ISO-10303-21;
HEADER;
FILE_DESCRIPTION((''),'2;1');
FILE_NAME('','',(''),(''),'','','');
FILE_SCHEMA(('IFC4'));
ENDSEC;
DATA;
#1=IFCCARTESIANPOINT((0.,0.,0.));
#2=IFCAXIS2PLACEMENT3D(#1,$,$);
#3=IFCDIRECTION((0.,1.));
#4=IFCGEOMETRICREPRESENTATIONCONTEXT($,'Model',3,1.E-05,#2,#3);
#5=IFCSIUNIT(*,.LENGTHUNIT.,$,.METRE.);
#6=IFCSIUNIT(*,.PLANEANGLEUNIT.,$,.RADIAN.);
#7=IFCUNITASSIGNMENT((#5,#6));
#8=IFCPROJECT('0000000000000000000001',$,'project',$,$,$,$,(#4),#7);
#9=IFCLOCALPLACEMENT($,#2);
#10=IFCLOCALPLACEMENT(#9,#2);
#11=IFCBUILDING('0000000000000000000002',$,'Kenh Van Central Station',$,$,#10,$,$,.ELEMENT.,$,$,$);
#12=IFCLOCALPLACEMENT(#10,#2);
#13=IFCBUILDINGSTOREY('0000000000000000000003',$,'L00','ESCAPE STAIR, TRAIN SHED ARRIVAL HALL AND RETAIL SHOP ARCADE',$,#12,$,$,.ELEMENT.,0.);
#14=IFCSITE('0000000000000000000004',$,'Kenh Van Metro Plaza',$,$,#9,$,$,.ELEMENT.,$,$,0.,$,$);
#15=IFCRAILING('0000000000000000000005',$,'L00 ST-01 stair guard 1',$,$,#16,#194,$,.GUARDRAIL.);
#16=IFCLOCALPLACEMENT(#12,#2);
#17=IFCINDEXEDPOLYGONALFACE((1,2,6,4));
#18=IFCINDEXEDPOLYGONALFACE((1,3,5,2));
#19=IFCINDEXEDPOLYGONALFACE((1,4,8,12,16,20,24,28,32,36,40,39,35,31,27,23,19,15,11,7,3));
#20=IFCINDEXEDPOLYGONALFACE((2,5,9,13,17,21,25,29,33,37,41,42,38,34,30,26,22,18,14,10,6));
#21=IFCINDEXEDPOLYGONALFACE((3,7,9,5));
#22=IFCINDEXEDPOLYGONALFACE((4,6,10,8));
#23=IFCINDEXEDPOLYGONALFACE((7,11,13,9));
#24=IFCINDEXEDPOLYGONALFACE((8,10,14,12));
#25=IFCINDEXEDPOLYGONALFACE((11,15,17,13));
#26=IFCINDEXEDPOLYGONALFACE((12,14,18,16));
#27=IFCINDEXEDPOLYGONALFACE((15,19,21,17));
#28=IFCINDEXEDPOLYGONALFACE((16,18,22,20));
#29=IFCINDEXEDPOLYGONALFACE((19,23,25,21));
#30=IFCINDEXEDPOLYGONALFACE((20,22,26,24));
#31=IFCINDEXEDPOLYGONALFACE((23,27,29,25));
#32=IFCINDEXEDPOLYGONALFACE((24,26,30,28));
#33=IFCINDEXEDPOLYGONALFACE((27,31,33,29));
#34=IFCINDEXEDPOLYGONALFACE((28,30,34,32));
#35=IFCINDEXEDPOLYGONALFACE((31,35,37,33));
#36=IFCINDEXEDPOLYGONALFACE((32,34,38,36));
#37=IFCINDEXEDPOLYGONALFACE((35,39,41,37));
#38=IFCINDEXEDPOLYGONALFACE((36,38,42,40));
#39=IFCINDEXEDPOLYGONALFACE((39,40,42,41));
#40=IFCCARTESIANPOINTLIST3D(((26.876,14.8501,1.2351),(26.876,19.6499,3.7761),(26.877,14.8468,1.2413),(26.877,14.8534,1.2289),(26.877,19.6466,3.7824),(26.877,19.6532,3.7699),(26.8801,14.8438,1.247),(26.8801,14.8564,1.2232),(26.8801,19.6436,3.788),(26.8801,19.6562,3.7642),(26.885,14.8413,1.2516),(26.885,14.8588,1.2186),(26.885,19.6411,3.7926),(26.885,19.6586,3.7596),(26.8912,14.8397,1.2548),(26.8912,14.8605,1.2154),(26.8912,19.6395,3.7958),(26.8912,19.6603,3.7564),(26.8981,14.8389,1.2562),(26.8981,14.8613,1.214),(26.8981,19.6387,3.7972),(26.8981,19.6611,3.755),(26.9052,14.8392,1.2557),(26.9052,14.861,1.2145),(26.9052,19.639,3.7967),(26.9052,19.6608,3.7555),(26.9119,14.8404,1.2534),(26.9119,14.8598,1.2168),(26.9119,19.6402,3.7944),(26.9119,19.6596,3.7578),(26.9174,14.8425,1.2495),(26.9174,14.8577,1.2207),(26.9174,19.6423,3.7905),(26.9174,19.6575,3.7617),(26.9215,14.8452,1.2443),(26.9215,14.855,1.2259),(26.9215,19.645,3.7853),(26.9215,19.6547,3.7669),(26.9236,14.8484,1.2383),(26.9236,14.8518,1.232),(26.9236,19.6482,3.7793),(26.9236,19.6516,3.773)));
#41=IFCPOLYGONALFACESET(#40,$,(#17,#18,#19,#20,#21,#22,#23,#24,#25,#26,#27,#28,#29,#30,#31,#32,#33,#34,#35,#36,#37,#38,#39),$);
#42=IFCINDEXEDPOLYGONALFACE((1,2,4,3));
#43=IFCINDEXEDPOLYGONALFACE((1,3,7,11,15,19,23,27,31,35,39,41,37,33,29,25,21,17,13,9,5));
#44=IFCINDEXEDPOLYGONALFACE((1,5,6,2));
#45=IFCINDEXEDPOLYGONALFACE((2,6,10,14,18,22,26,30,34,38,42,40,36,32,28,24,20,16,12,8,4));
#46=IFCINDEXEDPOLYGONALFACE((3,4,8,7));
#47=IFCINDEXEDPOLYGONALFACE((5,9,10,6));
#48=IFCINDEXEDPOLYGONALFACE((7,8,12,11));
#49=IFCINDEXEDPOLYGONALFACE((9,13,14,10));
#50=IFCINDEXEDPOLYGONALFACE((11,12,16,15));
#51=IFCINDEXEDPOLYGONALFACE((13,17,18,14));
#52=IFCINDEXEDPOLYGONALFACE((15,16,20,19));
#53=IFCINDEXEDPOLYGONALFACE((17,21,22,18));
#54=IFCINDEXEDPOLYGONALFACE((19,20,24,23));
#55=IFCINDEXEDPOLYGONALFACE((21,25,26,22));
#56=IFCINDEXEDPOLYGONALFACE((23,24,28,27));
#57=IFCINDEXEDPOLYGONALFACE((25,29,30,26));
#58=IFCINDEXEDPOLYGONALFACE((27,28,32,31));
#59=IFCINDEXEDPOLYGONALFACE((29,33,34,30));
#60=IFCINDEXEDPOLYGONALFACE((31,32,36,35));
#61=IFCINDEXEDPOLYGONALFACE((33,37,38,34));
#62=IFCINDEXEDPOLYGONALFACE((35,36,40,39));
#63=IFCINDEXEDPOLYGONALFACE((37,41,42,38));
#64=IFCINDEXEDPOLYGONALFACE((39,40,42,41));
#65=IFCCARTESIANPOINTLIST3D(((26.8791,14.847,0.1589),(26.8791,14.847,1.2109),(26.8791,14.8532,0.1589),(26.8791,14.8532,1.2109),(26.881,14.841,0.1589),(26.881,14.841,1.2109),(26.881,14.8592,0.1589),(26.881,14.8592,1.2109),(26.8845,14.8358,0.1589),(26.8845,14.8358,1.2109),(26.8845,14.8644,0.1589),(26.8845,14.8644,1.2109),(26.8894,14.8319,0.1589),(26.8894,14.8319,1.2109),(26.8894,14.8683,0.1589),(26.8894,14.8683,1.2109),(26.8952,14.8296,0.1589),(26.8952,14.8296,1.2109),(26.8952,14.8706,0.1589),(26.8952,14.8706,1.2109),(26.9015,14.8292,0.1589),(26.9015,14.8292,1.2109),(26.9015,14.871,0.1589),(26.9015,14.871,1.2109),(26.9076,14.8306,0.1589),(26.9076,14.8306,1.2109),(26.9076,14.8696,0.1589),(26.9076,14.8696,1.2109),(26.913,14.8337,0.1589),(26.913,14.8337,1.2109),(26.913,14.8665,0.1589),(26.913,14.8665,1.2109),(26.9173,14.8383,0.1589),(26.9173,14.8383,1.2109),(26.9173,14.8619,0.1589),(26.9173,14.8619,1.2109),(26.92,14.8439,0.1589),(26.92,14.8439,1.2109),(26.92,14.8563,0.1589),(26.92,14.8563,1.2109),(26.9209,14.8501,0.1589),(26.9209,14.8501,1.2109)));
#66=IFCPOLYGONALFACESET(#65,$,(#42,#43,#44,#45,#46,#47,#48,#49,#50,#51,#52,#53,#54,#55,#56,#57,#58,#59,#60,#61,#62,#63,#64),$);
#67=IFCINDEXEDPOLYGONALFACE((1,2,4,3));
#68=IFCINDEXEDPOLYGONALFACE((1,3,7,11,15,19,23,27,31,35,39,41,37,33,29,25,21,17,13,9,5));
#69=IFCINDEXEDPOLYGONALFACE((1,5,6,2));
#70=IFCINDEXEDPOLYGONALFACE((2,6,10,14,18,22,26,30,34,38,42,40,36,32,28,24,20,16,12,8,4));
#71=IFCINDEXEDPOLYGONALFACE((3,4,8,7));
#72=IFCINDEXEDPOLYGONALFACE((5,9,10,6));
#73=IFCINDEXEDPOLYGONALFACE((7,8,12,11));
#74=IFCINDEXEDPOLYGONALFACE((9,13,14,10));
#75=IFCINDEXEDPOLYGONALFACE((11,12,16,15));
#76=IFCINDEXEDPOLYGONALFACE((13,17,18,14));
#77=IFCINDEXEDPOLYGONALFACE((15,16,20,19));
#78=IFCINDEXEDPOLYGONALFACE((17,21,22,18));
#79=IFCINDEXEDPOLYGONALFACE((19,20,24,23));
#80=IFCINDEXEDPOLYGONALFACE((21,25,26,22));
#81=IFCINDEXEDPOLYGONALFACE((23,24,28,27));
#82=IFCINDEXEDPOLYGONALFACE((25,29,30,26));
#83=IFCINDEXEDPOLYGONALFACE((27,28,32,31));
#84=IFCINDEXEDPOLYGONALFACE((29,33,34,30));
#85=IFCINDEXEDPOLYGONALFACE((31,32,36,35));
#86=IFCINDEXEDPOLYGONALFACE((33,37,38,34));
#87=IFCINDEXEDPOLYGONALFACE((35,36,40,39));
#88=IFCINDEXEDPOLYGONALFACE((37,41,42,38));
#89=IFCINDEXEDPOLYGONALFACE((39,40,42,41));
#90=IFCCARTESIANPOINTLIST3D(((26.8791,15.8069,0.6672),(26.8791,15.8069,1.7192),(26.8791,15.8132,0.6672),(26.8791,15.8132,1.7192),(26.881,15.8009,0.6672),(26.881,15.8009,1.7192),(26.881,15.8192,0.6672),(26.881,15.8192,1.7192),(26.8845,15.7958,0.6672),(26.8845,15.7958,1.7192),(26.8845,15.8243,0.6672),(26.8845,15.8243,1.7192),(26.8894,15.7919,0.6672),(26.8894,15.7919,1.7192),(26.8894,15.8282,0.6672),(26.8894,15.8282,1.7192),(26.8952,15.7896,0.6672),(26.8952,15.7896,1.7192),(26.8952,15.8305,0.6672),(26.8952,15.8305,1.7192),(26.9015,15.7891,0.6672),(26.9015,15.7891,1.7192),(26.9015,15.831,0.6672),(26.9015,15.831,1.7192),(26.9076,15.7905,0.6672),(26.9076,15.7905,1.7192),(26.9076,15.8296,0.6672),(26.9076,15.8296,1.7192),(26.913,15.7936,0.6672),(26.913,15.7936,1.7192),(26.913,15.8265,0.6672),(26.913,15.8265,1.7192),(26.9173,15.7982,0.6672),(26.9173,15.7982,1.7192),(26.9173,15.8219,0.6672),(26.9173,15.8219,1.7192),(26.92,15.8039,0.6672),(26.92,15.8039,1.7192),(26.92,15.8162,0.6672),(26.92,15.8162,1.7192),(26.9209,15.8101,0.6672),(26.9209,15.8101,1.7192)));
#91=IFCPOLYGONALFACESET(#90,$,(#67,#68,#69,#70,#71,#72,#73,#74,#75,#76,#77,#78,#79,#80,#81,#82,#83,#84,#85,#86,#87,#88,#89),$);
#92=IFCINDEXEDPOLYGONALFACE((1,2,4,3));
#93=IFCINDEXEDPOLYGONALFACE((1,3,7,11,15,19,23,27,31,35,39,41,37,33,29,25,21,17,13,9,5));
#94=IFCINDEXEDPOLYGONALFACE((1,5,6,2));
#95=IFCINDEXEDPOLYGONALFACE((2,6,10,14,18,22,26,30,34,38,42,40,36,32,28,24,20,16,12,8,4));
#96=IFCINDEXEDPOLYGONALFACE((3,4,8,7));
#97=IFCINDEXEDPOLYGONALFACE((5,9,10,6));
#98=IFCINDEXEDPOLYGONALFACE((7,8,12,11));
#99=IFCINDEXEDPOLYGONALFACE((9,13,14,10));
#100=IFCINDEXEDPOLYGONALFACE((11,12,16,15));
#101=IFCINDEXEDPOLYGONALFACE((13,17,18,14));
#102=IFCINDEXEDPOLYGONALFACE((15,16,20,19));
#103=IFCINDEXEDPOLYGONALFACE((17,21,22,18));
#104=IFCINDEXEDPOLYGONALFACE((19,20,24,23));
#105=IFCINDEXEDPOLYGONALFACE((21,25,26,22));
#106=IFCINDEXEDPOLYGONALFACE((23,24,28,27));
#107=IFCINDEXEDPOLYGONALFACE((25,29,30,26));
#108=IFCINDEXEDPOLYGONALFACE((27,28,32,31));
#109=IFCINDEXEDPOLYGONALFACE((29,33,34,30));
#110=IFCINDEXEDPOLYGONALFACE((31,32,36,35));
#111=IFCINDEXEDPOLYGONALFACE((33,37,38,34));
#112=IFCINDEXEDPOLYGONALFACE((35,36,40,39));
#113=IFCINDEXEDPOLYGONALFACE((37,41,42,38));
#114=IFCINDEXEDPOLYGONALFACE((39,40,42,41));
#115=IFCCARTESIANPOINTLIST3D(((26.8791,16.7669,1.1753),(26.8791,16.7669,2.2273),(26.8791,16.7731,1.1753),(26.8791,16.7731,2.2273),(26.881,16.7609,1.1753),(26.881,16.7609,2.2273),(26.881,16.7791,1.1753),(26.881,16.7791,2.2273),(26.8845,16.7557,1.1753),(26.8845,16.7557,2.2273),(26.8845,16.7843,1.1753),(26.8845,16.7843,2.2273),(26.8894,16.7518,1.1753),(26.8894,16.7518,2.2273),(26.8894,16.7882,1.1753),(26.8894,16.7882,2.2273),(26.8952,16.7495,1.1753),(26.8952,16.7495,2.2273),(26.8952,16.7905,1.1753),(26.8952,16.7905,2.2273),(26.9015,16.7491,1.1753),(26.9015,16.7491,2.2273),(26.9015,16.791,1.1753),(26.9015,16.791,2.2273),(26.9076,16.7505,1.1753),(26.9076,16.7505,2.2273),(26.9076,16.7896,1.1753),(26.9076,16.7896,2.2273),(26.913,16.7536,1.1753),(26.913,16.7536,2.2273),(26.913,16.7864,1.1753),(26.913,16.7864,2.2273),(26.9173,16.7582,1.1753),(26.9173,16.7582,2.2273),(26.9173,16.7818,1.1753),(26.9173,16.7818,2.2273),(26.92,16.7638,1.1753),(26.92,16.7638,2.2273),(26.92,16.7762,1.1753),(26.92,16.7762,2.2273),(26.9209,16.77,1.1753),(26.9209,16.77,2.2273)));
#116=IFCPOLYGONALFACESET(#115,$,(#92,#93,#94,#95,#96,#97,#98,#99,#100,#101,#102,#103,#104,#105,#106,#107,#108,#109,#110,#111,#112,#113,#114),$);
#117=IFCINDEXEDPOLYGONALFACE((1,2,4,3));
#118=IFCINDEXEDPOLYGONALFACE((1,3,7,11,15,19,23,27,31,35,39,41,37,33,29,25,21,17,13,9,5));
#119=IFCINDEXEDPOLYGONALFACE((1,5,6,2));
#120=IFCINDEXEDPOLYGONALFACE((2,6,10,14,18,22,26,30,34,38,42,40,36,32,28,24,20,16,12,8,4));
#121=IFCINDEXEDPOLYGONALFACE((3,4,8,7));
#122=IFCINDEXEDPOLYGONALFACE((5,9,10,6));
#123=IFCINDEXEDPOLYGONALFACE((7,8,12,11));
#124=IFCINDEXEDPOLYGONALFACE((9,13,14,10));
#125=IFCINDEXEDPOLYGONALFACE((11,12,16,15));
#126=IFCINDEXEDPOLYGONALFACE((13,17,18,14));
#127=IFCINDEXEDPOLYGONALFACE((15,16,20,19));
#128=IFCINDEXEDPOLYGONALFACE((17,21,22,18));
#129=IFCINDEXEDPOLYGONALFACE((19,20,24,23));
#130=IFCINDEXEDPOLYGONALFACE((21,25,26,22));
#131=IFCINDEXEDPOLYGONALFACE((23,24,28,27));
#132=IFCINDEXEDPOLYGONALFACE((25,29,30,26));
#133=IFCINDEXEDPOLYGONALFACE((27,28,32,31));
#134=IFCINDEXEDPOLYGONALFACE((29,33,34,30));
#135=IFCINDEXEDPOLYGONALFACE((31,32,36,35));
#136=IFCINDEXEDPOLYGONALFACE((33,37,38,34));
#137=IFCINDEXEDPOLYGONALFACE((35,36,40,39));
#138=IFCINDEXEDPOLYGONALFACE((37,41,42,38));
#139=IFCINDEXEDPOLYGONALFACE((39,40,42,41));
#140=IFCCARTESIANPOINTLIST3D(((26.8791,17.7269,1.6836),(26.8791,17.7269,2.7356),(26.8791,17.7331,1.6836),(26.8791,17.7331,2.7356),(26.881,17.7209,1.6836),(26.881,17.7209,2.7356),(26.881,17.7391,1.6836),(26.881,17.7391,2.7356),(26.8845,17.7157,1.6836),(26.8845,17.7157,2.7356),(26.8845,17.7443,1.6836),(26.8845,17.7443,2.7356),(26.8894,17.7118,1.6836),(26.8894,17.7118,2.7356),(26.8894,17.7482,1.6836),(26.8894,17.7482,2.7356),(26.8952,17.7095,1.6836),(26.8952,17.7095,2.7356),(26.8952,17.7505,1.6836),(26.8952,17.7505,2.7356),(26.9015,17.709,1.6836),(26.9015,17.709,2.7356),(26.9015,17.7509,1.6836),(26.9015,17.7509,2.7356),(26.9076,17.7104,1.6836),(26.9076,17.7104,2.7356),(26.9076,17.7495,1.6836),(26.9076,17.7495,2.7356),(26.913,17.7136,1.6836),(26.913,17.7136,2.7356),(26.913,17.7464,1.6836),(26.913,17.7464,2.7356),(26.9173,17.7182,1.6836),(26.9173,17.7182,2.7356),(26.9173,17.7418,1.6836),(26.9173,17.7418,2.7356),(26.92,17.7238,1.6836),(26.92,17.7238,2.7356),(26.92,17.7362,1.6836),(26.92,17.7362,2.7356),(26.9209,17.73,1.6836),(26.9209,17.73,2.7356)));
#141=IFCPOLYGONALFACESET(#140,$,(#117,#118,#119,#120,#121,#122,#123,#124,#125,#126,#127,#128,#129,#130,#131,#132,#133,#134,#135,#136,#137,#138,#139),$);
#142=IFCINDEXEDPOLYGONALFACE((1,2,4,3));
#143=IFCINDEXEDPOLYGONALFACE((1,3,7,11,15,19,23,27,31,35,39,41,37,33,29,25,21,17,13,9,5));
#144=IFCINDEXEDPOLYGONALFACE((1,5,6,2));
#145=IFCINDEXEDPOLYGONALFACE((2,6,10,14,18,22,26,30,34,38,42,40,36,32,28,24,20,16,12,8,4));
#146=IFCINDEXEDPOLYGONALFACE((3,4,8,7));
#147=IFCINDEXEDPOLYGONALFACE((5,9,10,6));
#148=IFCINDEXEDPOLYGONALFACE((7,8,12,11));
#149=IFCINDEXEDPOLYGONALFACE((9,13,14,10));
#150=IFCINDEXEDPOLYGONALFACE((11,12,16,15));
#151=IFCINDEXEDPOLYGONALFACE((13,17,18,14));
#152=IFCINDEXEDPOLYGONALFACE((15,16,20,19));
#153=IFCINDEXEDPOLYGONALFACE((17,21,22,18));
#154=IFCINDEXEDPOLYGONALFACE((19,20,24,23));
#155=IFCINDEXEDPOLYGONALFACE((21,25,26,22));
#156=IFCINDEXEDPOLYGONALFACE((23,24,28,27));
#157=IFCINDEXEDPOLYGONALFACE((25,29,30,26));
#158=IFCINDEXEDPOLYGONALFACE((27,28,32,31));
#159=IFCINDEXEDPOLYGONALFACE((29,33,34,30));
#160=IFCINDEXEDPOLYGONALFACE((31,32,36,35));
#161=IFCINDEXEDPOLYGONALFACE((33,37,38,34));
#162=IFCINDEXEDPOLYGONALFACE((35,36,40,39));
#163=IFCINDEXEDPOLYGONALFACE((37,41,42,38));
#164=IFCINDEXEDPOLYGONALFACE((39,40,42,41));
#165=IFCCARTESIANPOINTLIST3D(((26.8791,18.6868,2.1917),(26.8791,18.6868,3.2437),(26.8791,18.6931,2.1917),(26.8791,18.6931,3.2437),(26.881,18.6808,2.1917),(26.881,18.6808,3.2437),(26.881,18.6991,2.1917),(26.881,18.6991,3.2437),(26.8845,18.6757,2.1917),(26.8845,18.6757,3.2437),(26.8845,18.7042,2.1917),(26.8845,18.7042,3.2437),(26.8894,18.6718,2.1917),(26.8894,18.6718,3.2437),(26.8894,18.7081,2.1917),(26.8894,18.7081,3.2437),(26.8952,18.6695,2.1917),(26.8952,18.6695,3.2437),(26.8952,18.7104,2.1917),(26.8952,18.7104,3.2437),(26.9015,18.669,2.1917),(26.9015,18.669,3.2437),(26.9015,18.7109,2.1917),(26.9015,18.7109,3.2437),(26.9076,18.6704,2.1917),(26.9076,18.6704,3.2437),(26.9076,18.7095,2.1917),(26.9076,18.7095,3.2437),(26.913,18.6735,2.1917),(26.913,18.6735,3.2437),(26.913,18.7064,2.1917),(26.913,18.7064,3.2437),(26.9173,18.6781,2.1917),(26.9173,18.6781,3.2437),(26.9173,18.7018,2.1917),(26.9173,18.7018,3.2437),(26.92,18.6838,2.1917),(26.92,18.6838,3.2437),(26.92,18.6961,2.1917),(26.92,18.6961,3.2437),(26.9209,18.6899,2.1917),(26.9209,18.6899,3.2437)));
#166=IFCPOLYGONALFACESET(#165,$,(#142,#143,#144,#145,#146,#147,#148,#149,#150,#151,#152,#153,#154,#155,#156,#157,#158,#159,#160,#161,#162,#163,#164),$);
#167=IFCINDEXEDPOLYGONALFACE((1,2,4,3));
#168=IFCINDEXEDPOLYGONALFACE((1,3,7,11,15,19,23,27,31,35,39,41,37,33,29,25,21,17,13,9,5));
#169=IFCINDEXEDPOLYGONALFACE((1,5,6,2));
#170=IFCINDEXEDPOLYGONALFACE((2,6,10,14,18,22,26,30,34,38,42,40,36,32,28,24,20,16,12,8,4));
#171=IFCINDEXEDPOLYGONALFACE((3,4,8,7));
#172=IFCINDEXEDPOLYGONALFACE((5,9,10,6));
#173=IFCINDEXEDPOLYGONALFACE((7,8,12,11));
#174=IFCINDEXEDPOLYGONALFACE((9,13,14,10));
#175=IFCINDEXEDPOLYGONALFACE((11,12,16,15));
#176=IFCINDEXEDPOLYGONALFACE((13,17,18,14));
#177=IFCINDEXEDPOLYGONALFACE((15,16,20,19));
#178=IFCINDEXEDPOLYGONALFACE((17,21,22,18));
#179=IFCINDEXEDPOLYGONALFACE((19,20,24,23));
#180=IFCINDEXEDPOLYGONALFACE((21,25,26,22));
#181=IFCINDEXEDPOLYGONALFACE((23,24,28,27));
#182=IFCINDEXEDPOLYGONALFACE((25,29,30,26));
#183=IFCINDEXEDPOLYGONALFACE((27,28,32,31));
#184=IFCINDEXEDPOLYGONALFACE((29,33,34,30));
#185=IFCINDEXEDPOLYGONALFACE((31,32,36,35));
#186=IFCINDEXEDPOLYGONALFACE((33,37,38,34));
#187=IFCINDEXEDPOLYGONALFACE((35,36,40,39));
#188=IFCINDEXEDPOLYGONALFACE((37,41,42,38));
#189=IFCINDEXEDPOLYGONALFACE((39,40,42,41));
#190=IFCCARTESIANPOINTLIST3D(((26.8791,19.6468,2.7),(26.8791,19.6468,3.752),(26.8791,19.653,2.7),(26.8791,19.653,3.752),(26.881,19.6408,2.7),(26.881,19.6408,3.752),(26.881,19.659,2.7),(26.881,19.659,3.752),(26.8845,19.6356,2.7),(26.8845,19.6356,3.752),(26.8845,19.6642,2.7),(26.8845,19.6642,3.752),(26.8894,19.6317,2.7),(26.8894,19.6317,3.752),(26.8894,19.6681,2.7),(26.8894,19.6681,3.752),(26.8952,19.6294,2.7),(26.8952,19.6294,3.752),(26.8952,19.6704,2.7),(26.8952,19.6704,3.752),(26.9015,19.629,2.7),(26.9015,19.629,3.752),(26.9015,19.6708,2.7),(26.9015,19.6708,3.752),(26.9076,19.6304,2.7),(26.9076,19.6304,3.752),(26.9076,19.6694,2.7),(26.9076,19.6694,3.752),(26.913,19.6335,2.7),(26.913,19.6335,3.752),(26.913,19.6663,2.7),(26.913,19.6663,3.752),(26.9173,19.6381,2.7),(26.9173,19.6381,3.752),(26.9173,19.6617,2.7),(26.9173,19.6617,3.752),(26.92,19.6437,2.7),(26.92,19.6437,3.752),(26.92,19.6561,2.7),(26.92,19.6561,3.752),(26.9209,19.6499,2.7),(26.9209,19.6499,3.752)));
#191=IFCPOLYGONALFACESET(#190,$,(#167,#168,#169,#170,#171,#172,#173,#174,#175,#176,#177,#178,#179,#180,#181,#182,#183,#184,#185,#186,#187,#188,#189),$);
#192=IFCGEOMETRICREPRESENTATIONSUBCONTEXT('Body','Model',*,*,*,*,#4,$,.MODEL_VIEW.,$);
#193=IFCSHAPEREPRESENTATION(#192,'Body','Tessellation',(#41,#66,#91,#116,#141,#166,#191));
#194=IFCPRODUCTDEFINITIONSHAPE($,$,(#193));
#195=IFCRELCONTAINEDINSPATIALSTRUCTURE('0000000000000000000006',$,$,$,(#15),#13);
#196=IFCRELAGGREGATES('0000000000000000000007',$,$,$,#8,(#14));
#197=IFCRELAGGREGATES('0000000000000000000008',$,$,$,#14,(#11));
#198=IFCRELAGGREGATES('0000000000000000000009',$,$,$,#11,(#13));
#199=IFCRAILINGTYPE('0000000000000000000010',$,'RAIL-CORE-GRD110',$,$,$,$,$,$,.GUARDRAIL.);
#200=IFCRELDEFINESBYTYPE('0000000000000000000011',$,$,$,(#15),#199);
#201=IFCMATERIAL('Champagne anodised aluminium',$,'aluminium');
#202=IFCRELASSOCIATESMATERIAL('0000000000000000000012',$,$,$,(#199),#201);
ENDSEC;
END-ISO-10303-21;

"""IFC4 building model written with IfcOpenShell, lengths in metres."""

from ifc_helpers import new_model, si_unit, direction, frame, origin, origin_2d, place, context, subcontext, project, spatial, circle, extrude, material, type_object, element, save


model = new_model("IFC4")

# Units and contexts
model_context = context("Model", 3, precision=1e-05, world=origin(), true_north=direction((0.0, 1.0)))
body_context = subcontext(model_context, "Body", "Model", "MODEL_VIEW")
ifc_project = project(units=[si_unit("LENGTHUNIT", "METRE"), si_unit("PLANEANGLEUNIT", "RADIAN")], contexts=[model_context])

# Site, building, storey
site_placement = place(None, origin())
site = spatial("IfcSite", under=ifc_project, at=site_placement, Name="Kenh Van Metro Plaza", CompositionType="ELEMENT", RefElevation=0.0)
building_placement = place(site_placement, origin())
building = spatial("IfcBuilding", under=site, at=building_placement, Name="Kenh Van Central Station", CompositionType="ELEMENT")
storey_placement = place(building_placement, origin())
storey = spatial("IfcBuildingStorey", under=building, at=storey_placement, Name="L00", Description="ESCAPE STAIR, TRAIN SHED ARRIVAL HALL AND RETAIL SHOP ARCADE", CompositionType="ELEMENT", Elevation=0.0)

# Shared definitions
ifc_material_1 = material(Name="Champagne anodised aluminium", Category="aluminium")

# Railing
railing_type_1 = type_object("IfcRailingType", Name="RAIL-CORE-GRD110", PredefinedType="GUARDRAIL", material=ifc_material_1)
railing_1_placement = place(storey_placement, frame((26.8999, 14.8501, 0.1589)))
element("IfcRailing", 1, at=railing_1_placement, inside=storey, type_object=railing_type_1, Name="L00 ST-01 stair guard 1", PredefinedType="GUARDRAIL", context=body_context, shape_type="SweptSolid", body=[
    extrude(circle(Radius=0.0239, at=origin_2d()), frame((0.0, 0.0, 1.0762), z_axis=(0.0, 0.883792, 0.467879), x_axis=(-1.0, 0.0, 0.0)), (0.0, 0.0, 1.0), 5.4309),
    extrude(circle(Radius=0.021, at=origin_2d()), origin(), (0.0, 0.0, 1.0), 1.052),
    extrude(circle(Radius=0.021, at=origin_2d()), frame((0.0, 0.96, 0.5083)), (0.0, 0.0, 1.0), 1.052),
    extrude(circle(Radius=0.021, at=origin_2d()), frame((0.0, 1.9199, 1.0164)), (0.0, 0.0, 1.0), 1.052),
    extrude(circle(Radius=0.021, at=origin_2d()), frame((0.0, 2.8799, 1.5247)), (0.0, 0.0, 1.0), 1.052),
    extrude(circle(Radius=0.021, at=origin_2d()), frame((0.0, 3.8398, 2.0327)), (0.0, 0.0, 1.0), 1.052),
    extrude(circle(Radius=0.021, at=origin_2d()), frame((0.0, 4.7998, 2.541)), (0.0, 0.0, 1.0), 1.052),
])

save(model, "model.ifc")
